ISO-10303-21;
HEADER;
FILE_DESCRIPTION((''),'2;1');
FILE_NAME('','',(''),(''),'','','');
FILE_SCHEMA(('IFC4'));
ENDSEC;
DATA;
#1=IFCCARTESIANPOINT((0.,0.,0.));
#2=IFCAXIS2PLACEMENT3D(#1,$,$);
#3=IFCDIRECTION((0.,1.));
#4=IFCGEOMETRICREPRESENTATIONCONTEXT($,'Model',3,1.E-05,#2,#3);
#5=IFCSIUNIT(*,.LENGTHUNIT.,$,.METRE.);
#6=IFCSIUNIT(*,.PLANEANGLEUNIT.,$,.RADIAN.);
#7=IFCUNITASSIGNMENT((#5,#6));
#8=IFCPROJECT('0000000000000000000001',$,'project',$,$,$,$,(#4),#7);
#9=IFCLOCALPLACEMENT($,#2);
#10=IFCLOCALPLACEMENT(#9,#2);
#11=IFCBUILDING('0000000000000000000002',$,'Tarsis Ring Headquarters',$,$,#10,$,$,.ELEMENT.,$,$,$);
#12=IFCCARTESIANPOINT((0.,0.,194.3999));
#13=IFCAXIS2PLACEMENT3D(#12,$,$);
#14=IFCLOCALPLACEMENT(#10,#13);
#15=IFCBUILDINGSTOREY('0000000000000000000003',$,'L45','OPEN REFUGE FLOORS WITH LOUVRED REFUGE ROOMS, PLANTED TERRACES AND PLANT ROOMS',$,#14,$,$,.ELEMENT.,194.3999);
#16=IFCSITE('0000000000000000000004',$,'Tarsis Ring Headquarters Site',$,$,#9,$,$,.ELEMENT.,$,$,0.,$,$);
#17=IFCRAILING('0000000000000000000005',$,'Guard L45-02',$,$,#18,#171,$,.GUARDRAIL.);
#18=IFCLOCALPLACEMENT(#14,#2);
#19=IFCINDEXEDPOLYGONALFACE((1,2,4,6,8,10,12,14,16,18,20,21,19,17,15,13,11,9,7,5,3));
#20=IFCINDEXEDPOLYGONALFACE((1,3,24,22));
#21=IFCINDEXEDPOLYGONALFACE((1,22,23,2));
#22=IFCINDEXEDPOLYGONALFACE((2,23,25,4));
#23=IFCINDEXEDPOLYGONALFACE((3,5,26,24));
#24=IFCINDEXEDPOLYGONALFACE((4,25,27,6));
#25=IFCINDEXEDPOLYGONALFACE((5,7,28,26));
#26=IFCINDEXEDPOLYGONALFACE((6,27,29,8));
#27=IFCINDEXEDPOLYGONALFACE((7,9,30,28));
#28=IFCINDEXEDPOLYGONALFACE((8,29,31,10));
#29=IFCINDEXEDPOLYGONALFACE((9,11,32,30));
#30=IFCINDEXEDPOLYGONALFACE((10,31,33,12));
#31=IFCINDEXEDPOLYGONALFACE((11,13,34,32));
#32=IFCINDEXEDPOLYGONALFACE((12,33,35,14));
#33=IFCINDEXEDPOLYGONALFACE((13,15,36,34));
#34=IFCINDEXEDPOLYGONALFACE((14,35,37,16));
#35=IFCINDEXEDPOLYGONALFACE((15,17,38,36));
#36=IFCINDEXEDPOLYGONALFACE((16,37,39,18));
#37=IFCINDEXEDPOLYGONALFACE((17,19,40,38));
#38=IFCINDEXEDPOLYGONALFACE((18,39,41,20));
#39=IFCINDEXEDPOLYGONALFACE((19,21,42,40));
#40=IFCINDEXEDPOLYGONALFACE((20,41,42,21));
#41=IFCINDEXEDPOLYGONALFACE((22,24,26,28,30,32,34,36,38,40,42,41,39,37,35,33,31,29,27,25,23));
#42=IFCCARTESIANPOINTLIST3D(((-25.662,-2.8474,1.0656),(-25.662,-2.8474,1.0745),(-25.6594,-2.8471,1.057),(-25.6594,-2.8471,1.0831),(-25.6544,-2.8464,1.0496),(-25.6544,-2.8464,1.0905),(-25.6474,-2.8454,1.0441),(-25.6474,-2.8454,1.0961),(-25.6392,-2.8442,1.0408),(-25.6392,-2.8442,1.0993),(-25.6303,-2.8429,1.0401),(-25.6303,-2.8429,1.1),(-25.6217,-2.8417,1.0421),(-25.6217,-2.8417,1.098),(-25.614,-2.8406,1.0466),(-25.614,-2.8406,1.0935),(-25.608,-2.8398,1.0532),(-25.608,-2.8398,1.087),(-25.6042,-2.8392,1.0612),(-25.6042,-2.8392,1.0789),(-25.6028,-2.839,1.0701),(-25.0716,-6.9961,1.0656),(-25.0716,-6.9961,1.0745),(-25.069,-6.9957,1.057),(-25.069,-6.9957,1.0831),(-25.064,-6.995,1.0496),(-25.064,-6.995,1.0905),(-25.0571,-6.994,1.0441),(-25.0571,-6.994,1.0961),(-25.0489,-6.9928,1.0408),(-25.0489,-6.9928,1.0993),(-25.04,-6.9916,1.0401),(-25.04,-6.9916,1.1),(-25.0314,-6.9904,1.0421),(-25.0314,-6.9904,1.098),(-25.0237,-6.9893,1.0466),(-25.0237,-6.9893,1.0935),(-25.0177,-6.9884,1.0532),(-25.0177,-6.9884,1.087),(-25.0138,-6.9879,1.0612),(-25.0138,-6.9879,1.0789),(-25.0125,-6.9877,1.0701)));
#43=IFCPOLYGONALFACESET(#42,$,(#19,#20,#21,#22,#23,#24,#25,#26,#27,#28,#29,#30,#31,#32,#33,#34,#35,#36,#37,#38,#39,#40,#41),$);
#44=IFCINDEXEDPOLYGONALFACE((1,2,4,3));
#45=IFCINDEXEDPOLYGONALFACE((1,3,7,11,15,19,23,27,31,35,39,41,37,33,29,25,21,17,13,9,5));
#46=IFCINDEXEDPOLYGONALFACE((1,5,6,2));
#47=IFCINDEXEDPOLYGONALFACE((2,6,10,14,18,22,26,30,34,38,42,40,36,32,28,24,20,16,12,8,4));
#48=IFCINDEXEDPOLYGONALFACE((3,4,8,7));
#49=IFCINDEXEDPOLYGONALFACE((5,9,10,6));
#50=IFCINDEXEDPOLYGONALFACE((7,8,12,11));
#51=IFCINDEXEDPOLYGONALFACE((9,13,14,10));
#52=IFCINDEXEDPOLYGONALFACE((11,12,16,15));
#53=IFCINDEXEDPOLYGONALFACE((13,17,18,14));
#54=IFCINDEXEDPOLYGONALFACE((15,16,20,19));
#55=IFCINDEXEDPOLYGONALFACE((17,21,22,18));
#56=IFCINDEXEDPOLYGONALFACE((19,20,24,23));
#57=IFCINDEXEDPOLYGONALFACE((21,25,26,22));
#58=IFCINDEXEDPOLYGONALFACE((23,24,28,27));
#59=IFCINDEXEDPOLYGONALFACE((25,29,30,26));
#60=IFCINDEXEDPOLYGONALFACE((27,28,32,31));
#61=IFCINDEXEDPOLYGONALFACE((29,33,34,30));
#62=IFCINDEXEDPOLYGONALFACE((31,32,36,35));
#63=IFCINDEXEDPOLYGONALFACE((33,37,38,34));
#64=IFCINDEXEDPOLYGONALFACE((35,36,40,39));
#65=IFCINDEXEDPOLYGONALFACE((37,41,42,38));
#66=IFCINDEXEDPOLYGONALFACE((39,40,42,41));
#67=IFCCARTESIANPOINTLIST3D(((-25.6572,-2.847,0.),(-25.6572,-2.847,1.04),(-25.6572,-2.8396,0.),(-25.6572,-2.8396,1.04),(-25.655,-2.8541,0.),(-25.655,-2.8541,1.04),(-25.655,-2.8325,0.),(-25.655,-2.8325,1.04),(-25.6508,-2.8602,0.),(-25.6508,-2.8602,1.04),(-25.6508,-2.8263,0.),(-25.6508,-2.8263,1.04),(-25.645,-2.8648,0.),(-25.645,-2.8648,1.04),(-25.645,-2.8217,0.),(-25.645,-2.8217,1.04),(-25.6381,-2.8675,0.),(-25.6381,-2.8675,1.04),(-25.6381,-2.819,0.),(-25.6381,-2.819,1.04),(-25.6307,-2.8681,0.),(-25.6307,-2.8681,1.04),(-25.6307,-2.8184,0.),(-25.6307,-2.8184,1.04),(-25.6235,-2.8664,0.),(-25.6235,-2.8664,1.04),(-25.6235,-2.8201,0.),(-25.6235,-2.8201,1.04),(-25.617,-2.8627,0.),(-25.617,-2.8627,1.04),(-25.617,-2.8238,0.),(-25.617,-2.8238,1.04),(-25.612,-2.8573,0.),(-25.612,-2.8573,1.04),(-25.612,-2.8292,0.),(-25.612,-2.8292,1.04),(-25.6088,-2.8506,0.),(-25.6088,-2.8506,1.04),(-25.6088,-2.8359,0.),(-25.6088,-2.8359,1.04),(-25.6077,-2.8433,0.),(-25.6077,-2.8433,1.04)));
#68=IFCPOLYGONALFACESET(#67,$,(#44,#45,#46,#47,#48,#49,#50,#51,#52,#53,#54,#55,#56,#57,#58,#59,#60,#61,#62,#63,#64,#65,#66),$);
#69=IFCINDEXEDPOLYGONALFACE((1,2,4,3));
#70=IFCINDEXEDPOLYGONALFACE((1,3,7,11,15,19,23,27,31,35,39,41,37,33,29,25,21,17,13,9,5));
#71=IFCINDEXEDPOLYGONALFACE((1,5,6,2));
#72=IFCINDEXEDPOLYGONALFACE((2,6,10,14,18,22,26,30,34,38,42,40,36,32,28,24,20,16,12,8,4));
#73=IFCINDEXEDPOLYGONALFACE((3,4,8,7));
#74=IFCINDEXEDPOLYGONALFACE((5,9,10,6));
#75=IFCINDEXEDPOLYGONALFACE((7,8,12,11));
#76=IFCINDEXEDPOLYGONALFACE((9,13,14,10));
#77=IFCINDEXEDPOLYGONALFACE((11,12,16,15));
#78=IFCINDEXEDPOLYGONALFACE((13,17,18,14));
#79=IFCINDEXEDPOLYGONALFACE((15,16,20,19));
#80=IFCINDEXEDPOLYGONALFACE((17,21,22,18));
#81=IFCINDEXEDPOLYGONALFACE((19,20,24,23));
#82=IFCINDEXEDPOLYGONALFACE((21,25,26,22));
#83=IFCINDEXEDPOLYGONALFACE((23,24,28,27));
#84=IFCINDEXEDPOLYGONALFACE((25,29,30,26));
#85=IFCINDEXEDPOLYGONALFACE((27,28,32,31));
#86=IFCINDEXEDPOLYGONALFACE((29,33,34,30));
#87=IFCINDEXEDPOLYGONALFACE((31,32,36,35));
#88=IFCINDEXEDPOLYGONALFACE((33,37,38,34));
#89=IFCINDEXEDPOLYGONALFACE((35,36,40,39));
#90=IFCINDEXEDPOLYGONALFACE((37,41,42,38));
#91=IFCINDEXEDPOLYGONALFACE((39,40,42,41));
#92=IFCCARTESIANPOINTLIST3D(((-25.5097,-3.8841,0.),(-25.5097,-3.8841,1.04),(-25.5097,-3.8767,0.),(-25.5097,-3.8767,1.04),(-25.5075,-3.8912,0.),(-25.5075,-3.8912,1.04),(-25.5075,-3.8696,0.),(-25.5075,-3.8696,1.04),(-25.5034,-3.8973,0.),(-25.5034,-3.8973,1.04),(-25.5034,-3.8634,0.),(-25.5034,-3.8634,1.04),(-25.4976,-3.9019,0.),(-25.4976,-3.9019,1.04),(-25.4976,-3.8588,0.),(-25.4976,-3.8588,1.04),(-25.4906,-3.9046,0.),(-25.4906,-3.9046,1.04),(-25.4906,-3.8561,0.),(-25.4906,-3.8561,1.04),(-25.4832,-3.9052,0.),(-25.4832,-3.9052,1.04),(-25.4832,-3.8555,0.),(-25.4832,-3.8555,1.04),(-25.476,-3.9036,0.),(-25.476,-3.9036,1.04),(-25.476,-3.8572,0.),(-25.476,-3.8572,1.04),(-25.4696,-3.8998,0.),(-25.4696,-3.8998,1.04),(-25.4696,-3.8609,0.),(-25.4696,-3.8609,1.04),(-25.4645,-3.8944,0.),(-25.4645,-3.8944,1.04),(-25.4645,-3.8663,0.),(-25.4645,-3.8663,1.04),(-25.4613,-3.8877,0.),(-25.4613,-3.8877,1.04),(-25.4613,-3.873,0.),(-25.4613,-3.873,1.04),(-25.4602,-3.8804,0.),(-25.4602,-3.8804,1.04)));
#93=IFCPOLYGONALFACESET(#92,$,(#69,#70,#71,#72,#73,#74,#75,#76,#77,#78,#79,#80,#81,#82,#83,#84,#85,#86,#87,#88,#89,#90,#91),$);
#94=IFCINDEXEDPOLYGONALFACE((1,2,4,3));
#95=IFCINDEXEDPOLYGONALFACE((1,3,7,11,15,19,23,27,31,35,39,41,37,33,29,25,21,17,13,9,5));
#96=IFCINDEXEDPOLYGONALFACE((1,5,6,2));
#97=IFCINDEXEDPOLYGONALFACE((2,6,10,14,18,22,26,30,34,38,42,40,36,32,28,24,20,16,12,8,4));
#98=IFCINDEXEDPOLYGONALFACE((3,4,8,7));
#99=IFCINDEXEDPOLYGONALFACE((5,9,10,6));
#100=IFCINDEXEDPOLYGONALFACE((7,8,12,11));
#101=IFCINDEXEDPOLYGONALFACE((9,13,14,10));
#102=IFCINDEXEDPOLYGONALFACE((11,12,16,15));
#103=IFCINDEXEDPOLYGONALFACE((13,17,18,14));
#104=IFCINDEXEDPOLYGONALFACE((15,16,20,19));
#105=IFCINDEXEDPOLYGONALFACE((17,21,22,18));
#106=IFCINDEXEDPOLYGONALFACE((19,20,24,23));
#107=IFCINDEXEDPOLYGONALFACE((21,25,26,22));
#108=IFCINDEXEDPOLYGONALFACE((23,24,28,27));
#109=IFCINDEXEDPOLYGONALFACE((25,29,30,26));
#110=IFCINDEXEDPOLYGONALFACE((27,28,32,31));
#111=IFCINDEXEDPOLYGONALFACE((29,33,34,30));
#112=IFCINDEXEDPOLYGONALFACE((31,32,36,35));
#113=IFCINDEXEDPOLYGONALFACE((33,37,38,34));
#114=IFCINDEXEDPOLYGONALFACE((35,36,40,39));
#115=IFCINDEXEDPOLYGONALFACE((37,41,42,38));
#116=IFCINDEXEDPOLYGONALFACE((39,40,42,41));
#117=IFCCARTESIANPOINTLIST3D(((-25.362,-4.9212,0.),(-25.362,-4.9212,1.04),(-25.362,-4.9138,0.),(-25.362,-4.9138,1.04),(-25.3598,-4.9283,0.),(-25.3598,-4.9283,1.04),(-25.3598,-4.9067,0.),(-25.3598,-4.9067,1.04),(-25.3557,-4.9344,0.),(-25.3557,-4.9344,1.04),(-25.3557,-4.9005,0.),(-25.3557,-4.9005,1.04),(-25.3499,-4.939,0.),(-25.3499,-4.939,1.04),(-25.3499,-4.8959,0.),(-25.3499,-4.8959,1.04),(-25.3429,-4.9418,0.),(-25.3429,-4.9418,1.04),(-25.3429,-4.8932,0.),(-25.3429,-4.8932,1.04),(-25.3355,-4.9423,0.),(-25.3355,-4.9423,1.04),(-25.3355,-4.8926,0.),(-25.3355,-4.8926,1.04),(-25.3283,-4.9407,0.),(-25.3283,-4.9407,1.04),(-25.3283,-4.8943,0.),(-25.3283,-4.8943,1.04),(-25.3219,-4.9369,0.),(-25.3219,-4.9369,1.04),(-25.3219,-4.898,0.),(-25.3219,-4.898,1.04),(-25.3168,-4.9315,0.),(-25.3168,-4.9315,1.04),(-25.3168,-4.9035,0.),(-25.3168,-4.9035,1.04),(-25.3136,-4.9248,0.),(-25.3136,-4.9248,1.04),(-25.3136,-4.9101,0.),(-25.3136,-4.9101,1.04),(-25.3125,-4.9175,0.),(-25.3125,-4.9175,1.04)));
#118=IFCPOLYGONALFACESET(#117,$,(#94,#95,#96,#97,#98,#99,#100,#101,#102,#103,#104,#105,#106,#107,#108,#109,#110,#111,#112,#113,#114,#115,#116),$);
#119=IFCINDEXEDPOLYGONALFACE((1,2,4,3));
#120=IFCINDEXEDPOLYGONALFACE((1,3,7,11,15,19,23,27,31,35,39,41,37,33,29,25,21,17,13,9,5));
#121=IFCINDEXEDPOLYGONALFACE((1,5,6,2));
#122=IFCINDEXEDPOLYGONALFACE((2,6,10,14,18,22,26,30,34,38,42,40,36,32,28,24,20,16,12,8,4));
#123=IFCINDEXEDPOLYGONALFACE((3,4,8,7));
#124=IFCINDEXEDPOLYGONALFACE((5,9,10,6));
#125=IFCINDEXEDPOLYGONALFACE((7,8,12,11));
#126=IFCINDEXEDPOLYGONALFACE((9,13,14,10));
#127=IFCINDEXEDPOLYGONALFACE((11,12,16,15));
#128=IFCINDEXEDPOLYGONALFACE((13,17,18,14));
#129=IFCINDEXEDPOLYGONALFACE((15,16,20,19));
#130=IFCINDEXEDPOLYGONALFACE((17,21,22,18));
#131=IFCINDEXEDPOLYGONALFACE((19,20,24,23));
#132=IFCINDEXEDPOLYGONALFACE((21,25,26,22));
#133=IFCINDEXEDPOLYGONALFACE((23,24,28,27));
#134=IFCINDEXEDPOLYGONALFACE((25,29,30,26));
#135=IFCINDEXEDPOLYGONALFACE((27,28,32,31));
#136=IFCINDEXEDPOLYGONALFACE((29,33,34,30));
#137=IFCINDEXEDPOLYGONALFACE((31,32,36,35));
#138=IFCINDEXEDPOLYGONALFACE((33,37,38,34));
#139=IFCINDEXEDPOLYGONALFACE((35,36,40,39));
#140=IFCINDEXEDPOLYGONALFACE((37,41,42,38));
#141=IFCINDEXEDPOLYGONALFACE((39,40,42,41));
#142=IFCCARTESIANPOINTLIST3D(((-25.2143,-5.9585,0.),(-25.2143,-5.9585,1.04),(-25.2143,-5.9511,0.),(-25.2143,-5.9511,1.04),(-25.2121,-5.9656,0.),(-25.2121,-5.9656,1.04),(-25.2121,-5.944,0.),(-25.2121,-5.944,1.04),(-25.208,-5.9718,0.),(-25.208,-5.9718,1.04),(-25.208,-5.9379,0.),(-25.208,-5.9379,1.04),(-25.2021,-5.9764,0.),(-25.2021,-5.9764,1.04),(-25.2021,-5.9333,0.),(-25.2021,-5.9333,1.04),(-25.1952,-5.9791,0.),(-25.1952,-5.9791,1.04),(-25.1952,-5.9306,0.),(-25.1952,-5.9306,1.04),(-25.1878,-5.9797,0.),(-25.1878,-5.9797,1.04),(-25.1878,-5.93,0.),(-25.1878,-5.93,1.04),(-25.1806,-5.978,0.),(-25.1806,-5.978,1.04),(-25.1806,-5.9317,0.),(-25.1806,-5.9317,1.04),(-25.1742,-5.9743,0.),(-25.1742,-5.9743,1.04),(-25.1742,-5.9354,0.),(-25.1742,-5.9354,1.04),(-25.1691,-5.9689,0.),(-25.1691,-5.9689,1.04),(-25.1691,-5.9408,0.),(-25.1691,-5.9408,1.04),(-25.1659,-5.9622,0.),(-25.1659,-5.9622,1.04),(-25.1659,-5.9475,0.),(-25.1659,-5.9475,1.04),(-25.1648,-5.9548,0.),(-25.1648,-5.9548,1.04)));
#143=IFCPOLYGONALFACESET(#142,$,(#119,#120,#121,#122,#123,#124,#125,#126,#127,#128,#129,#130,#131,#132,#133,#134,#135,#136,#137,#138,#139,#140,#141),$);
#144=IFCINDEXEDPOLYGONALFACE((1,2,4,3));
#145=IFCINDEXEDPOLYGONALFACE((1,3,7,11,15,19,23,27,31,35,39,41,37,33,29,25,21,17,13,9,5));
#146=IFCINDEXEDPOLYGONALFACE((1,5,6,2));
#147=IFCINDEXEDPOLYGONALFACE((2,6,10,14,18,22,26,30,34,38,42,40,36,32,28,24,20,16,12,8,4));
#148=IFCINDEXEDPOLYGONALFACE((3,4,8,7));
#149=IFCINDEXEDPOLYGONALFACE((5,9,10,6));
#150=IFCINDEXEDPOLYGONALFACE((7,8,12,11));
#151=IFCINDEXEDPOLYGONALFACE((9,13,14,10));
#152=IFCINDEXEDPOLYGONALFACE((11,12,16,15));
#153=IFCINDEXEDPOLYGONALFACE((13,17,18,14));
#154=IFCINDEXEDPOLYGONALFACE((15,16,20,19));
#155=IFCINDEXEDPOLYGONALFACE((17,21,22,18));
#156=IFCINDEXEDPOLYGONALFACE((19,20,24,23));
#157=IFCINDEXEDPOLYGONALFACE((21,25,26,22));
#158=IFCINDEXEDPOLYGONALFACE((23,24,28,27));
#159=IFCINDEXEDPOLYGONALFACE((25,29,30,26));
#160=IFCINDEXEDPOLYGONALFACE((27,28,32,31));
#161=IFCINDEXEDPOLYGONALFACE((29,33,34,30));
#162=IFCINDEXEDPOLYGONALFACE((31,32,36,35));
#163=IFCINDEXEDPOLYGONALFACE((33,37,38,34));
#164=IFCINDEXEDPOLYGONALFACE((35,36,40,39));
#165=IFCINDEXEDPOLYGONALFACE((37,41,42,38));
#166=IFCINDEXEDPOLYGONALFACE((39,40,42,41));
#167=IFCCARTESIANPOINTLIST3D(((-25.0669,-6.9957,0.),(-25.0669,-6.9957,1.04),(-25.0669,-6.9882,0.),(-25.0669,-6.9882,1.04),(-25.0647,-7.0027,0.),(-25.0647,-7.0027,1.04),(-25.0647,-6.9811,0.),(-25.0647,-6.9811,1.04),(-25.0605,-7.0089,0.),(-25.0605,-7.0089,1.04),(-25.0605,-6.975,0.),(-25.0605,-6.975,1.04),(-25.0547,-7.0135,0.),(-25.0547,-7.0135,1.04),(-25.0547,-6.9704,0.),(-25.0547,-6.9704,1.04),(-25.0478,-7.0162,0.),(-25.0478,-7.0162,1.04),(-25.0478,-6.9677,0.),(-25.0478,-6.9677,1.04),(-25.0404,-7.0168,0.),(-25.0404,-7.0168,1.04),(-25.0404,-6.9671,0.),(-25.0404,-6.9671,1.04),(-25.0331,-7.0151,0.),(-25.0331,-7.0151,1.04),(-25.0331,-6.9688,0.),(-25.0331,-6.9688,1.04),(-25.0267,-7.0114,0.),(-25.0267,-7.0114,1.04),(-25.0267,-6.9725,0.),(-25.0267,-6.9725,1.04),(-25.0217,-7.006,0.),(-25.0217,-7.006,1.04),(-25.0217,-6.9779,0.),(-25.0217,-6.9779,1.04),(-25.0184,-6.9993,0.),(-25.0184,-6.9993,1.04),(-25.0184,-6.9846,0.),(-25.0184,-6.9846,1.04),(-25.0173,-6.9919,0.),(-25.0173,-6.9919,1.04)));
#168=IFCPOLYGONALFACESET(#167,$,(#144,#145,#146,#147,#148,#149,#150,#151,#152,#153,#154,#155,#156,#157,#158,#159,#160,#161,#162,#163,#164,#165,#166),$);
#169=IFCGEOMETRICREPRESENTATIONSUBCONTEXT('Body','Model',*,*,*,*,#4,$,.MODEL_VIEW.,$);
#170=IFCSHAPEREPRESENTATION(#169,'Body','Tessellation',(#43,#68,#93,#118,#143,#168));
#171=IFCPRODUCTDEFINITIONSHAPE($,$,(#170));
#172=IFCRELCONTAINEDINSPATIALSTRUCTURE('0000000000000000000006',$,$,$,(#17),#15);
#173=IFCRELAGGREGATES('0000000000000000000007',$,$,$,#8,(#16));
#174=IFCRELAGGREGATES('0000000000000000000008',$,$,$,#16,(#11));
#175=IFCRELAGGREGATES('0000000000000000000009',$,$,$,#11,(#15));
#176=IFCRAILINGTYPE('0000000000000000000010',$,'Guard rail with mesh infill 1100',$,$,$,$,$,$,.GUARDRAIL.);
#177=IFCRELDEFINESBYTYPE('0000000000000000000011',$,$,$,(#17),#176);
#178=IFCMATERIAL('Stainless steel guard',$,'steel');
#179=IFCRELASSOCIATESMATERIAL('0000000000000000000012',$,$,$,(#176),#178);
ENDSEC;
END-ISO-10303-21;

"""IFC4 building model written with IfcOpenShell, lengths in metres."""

from ifc_helpers import new_model, si_unit, direction, frame, origin, origin_2d, place, context, subcontext, project, spatial, circle, extrude, material, type_object, element, save


model = new_model("IFC4")

# Units and contexts
model_context = context("Model", 3, precision=1e-05, world=origin(), true_north=direction((0.0, 1.0)))
body_context = subcontext(model_context, "Body", "Model", "MODEL_VIEW")
ifc_project = project(units=[si_unit("LENGTHUNIT", "METRE"), si_unit("PLANEANGLEUNIT", "RADIAN")], contexts=[model_context])

# Site, building, storey
site_placement = place(None, origin())
site = spatial("IfcSite", under=ifc_project, at=site_placement, Name="Tarsis Ring Headquarters Site", CompositionType="ELEMENT", RefElevation=0.0)
building_placement = place(site_placement, origin())
building = spatial("IfcBuilding", under=site, at=building_placement, Name="Tarsis Ring Headquarters", CompositionType="ELEMENT")
storey_placement = place(building_placement, frame((0.0, 0.0, 194.3999)))
storey = spatial("IfcBuildingStorey", under=building, at=storey_placement, Name="L45", Description="OPEN REFUGE FLOORS WITH LOUVRED REFUGE ROOMS, PLANTED TERRACES AND PLANT ROOMS", CompositionType="ELEMENT", Elevation=194.3999)

# Railing
ifc_material_1 = material(Name="Stainless steel guard", Category="steel")
railing_type = type_object("IfcRailingType", Name="Guard rail with mesh infill 1100", PredefinedType="GUARDRAIL", material=ifc_material_1)
railing_1_placement = place(storey_placement, frame((-25.6326, -2.8433, 0.0)))
element("IfcRailing", 1, at=railing_1_placement, inside=storey, type_object=railing_type, Name="Guard L45-02", PredefinedType="GUARDRAIL", context=body_context, shape_type="SweptSolid", body=[
    extrude(circle(Radius=0.03, at=origin_2d()), frame((0.0, 0.0, 1.0701), z_axis=(0.140875, -0.990027, 0.0), x_axis=(0.990027, 0.140875, 0.0)), (0.0, 0.0, 1.0), 4.1904),
    extrude(circle(Radius=0.0249, at=origin_2d()), origin(), (0.0, 0.0, 1.0), 1.04),
    extrude(circle(Radius=0.0249, at=origin_2d()), frame((0.1475, -1.0371, 0.0)), (0.0, 0.0, 1.0), 1.04),
    extrude(circle(Radius=0.0249, at=origin_2d()), frame((0.2952, -2.0742, 0.0)), (0.0, 0.0, 1.0), 1.04),
    extrude(circle(Radius=0.0249, at=origin_2d()), frame((0.4429, -3.1116, 0.0)), (0.0, 0.0, 1.0), 1.04),
    extrude(circle(Radius=0.0249, at=origin_2d()), frame((0.5903, -4.1487, 0.0)), (0.0, 0.0, 1.0), 1.04),
])

save(model, "model.ifc")
